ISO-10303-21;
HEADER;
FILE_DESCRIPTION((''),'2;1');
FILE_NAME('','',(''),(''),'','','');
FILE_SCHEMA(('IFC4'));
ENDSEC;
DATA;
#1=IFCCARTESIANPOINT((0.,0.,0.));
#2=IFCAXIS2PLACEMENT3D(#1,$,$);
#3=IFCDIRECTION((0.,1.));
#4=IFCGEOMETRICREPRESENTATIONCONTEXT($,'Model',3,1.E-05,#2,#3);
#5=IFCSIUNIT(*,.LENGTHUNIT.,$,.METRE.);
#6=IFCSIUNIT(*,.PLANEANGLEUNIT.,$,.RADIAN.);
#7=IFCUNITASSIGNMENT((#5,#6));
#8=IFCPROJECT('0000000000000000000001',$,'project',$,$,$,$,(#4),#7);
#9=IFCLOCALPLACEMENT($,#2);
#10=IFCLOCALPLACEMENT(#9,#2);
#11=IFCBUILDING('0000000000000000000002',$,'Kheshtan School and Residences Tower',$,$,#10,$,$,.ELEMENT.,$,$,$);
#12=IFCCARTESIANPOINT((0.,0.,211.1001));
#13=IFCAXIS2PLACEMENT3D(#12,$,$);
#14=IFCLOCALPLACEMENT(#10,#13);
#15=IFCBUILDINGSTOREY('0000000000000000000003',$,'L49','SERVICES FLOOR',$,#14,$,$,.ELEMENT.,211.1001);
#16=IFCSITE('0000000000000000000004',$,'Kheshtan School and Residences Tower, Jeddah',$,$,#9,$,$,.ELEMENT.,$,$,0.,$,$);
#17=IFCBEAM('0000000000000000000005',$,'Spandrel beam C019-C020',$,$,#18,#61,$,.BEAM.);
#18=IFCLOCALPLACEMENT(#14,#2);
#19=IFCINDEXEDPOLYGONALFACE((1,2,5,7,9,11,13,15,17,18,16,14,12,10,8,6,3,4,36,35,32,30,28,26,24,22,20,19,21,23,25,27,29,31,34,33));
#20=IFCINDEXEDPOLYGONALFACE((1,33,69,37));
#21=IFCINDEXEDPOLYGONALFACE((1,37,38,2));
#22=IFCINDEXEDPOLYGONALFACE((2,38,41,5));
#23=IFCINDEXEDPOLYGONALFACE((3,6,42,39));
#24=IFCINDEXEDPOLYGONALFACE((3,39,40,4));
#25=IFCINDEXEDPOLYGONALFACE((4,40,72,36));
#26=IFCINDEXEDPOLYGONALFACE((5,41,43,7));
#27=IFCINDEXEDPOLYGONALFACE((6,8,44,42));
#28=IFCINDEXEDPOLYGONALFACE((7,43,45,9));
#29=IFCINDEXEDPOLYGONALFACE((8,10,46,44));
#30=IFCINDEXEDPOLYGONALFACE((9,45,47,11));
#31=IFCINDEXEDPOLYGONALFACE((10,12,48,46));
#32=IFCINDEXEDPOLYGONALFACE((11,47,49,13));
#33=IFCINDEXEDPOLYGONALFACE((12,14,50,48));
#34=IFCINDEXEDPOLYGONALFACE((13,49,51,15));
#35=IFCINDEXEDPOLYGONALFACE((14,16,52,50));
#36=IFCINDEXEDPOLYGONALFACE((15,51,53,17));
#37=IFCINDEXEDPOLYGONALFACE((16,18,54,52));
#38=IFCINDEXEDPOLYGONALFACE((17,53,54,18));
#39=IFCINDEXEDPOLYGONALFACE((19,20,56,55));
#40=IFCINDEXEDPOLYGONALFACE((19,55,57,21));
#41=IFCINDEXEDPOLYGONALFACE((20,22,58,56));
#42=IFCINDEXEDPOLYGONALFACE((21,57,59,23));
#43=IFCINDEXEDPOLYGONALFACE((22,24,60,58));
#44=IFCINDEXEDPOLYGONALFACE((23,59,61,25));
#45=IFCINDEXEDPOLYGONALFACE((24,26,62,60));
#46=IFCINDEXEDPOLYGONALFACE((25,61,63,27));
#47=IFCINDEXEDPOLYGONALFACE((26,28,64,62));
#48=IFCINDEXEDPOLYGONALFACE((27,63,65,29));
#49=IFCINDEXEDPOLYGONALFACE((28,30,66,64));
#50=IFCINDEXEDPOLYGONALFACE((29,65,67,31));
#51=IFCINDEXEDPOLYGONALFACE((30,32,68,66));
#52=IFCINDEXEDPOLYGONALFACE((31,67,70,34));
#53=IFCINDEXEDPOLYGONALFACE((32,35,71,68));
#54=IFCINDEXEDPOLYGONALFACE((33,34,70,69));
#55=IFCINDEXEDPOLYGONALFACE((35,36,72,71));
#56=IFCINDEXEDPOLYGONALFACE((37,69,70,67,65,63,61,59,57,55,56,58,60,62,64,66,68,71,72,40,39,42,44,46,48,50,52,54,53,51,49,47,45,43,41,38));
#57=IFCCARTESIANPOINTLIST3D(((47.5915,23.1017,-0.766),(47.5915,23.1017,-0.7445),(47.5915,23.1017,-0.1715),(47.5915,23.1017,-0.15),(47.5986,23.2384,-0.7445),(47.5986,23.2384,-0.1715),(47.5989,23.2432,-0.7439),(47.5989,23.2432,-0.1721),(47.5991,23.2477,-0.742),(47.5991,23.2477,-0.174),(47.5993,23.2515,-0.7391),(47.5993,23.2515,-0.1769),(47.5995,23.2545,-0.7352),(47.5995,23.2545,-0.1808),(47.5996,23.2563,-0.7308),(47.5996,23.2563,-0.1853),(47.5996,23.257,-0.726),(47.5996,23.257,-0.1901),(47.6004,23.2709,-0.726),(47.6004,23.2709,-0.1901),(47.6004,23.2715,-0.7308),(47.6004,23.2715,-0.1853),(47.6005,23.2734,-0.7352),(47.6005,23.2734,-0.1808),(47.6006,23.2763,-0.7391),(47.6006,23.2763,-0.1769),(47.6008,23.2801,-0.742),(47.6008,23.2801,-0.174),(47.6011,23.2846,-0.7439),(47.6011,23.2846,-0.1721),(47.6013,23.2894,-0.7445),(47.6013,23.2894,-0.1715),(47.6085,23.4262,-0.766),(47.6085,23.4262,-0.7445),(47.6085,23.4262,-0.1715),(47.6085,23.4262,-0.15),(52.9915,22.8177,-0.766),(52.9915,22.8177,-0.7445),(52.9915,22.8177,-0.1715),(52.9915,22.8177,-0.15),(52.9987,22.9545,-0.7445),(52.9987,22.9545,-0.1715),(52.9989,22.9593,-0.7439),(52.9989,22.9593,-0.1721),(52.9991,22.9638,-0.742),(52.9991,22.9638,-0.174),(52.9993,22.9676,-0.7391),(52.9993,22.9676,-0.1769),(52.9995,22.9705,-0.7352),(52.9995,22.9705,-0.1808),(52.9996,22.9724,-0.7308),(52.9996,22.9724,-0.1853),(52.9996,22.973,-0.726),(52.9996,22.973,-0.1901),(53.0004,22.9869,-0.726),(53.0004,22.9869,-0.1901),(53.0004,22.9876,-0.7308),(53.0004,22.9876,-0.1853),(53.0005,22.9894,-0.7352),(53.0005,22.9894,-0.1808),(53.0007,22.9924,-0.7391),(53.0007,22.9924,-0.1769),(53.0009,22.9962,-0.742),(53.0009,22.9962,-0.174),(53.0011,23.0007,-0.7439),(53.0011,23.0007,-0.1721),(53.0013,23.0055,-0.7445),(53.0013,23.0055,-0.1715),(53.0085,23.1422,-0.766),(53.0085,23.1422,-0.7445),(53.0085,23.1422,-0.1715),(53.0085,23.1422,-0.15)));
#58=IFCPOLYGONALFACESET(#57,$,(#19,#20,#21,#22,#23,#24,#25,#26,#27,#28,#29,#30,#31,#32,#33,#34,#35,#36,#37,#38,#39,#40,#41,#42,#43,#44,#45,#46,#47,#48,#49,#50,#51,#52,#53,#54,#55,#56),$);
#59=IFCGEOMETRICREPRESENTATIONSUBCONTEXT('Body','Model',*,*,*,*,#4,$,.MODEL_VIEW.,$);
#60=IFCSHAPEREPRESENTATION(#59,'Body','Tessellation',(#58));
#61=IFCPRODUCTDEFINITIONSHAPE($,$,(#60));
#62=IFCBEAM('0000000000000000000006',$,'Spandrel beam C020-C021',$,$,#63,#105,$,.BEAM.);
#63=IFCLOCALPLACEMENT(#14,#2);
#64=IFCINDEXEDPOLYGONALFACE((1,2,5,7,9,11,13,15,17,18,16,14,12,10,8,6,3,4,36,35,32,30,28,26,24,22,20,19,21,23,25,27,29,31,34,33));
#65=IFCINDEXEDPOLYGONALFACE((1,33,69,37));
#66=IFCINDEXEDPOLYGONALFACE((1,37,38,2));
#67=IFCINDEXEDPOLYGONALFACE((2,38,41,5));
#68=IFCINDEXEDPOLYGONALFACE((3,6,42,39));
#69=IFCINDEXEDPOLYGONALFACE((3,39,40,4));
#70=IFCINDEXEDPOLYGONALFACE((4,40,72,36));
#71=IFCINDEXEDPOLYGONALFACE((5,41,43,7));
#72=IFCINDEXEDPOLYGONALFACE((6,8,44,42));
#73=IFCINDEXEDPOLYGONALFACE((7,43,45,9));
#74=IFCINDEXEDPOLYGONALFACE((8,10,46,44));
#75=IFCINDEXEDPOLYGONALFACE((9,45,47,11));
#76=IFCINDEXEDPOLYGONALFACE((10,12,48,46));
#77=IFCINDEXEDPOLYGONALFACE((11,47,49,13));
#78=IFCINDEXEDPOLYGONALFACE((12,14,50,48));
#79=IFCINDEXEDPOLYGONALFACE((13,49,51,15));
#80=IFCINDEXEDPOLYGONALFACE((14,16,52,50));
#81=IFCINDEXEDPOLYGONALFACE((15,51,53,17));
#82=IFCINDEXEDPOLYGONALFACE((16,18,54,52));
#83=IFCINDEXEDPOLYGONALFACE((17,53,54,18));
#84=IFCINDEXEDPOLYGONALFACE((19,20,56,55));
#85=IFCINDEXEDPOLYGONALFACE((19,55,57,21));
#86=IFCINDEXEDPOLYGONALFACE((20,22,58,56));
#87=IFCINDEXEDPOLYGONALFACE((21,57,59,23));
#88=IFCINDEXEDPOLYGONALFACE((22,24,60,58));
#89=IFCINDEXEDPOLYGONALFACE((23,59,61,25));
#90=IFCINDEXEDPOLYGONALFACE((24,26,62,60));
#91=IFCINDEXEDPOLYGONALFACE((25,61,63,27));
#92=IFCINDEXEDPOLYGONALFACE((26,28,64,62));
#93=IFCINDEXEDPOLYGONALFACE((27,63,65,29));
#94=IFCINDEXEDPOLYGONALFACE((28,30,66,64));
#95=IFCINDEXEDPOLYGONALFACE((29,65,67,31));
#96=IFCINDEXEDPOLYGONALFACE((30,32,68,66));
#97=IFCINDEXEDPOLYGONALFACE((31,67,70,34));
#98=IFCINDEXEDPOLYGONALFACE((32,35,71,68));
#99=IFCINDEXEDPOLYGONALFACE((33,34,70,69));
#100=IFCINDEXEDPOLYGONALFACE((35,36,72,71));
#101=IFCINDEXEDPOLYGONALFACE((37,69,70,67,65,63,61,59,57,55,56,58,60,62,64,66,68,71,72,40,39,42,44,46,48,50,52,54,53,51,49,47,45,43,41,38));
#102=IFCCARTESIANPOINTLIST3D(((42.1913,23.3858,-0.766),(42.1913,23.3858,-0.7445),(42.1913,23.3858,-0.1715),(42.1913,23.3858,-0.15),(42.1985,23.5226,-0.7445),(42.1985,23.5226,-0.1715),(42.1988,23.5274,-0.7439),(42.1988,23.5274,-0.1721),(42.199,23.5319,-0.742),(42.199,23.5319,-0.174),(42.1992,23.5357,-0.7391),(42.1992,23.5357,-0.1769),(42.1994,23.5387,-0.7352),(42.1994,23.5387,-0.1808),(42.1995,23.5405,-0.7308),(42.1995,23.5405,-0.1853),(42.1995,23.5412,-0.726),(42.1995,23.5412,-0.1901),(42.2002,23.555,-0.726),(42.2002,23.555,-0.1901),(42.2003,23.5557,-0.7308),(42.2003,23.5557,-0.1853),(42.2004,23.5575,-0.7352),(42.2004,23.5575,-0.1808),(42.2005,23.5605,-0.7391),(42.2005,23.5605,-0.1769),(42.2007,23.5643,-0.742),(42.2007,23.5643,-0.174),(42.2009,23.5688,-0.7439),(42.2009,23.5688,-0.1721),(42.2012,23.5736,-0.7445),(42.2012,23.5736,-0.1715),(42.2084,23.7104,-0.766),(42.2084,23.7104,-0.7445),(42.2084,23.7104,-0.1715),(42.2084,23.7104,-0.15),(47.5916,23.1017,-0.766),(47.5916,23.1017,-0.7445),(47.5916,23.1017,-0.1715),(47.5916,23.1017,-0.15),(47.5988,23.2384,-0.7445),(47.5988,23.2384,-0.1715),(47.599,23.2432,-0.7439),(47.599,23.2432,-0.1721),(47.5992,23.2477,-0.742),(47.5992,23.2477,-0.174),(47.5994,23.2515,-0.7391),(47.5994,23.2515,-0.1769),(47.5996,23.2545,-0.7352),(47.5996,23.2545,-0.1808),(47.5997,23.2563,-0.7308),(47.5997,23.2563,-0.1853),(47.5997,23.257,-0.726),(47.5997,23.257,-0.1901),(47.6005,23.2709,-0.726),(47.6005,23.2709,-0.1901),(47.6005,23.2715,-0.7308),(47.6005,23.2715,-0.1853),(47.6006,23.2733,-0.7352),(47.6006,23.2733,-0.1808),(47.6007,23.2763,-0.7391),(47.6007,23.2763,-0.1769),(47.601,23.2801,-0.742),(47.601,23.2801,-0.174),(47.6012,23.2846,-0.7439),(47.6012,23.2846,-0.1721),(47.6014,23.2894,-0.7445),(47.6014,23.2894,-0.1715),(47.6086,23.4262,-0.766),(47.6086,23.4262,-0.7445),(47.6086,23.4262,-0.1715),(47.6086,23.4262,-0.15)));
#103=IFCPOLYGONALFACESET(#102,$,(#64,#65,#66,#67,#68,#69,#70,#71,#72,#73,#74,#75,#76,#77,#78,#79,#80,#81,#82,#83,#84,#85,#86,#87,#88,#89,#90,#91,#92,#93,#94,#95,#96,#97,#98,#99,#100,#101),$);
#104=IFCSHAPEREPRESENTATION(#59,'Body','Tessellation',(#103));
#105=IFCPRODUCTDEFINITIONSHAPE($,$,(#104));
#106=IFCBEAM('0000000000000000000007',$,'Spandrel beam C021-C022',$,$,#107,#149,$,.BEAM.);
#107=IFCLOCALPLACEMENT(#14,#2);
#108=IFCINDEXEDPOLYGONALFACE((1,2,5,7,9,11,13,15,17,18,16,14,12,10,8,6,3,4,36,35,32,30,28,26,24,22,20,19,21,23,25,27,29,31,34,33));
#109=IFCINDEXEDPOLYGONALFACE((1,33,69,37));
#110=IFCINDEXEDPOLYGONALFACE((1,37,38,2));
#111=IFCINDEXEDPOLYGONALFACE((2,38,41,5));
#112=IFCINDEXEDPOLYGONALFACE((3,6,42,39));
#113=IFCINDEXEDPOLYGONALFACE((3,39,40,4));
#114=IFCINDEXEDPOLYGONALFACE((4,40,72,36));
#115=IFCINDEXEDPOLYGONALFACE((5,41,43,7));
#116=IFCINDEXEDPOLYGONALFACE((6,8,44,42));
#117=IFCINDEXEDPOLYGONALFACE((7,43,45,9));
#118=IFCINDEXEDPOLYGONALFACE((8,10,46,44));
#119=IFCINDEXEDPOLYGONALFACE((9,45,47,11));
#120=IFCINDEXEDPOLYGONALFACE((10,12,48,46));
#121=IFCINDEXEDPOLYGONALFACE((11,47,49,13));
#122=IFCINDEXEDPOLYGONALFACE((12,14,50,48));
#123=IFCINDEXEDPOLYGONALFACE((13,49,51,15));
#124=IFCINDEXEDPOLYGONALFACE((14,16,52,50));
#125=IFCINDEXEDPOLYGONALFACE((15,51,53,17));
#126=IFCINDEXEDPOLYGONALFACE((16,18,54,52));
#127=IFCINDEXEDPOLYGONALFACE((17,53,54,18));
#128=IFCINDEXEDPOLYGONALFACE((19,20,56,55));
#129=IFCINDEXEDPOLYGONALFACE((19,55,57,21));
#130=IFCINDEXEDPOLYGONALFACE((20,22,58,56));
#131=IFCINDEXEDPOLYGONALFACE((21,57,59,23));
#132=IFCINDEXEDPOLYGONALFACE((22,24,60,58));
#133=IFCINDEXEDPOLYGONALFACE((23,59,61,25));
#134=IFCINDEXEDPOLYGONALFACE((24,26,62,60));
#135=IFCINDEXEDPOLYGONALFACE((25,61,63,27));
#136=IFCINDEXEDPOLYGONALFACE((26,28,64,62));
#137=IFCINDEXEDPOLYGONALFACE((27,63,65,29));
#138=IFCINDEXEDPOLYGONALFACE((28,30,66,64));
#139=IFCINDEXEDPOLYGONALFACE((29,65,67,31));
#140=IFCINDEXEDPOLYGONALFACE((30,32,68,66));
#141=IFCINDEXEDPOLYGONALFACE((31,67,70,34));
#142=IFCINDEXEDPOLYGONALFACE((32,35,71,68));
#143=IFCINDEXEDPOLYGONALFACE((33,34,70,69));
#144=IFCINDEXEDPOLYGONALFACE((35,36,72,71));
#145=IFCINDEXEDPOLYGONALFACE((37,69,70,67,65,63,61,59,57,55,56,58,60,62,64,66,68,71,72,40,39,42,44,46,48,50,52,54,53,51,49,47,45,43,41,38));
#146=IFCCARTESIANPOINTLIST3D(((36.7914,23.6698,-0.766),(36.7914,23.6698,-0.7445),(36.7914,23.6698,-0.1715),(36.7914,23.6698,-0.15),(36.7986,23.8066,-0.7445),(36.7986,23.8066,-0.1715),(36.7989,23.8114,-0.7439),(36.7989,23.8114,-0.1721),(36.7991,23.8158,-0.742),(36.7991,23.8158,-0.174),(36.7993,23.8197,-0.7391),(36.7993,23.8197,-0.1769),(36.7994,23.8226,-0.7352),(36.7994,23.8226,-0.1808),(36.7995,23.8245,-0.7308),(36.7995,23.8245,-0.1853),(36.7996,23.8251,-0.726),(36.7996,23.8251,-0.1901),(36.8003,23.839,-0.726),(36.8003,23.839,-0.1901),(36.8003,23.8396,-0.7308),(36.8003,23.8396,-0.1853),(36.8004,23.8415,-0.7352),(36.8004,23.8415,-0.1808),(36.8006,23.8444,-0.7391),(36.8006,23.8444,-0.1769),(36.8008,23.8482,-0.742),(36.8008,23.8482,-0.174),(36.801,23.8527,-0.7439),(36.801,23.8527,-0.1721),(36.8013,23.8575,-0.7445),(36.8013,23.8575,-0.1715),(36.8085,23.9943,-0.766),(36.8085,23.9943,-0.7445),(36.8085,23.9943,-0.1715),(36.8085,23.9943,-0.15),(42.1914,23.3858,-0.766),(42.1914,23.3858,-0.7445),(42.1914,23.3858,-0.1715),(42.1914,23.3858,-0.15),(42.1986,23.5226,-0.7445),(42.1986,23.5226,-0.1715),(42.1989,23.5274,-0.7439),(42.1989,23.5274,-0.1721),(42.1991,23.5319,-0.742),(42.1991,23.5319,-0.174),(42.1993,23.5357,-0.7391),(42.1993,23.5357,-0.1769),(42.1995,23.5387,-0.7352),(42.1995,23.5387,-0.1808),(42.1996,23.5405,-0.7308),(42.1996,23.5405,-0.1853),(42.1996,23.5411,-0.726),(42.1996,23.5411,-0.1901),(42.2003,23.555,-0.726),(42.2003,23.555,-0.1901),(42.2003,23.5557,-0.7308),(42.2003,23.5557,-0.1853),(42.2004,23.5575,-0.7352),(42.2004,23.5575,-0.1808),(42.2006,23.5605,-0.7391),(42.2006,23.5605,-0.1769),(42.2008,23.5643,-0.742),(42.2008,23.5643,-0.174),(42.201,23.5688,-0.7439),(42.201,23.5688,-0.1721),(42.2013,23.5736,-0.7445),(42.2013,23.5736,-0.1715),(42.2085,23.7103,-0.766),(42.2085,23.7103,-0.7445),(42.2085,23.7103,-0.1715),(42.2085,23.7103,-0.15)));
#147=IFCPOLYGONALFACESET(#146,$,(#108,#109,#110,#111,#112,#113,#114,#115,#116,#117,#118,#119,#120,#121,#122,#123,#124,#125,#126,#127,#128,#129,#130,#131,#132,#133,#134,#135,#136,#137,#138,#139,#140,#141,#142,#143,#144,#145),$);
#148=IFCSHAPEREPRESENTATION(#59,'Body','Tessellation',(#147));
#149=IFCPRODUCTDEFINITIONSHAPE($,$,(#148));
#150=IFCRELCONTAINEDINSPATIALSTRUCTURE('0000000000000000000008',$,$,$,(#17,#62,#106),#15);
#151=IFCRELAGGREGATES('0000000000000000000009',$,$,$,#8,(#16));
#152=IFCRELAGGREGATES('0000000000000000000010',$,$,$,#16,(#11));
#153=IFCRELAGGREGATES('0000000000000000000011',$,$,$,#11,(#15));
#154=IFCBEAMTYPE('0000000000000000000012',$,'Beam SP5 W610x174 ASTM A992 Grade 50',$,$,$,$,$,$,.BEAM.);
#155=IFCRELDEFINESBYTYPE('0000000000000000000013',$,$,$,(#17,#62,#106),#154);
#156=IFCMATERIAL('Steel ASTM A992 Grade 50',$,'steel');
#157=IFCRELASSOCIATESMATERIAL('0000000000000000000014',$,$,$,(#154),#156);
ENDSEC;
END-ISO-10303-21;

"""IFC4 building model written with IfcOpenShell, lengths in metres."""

from ifc_helpers import new_model, si_unit, direction, frame, origin, origin_2d, place, context, subcontext, project, spatial, i_section, extrude, material, material_profile, profile_set, type_object, element, save


model = new_model("IFC4")

# Units and contexts
model_context = context("Model", 3, precision=1e-05, world=origin(), true_north=direction((0.0, 1.0)))
body_context = subcontext(model_context, "Body", "Model", "MODEL_VIEW")
ifc_project = project(units=[si_unit("LENGTHUNIT", "METRE"), si_unit("PLANEANGLEUNIT", "RADIAN")], contexts=[model_context])

# Site, building, storey
site_placement = place(None, origin())
site = spatial("IfcSite", under=ifc_project, at=site_placement, Name="Kheshtan School and Residences Tower, Jeddah", CompositionType="ELEMENT", RefElevation=0.0)
building_placement = place(site_placement, origin())
building = spatial("IfcBuilding", under=site, at=building_placement, Name="Kheshtan School and Residences Tower", CompositionType="ELEMENT")
storey_placement = place(building_placement, frame((0.0, 0.0, 211.1001)))
storey = spatial("IfcBuildingStorey", under=building, at=storey_placement, Name="L49", Description="SERVICES FLOOR", CompositionType="ELEMENT", Elevation=211.1001)

# Shared definitions
ifc_material_1 = material(Name="Steel ASTM A992 Grade 50", Category="steel")

# Beams
ifc_material_profile_1 = material_profile(ifc_material_1, i_section(OverallWidth=0.325, OverallDepth=0.616, WebThickness=0.0139, FlangeThickness=0.0215, FilletRadius=0.0186, at=origin_2d()), Name="W610x174")
ifc_profile_set_1 = profile_set([ifc_material_profile_1], Name="Steel ASTM A992 Grade 50")
beam_type_1 = type_object("IfcBeamType", Name="Beam SP5 W610x174 ASTM A992 Grade 50", PredefinedType="BEAM", material=ifc_profile_set_1)
beam_1_placement = place(storey_placement, frame((53.0, 22.98, -0.458), z_axis=(-0.99862, 0.052509, 0.0), x_axis=(-0.052509, -0.99862, 0.0)))
element("IfcBeam", 1, at=beam_1_placement, inside=storey, type_object=beam_type_1, Name="Spandrel beam C019-C020", PredefinedType="BEAM", context=body_context, shape_type="SweptSolid", body=[
    extrude(i_section(OverallWidth=0.325, OverallDepth=0.616, WebThickness=0.0139, FlangeThickness=0.0215, FilletRadius=0.0186, at=origin_2d()), origin(), (0.0, 0.0, 1.0), 5.4075),
])
beam_2_placement = place(storey_placement, frame((47.6001, 23.2639, -0.458), z_axis=(-0.998618, 0.052552, 0.0), x_axis=(-0.052552, -0.998618, 0.0)))
element("IfcBeam", 2, at=beam_2_placement, inside=storey, type_object=beam_type_1, Name="Spandrel beam C020-C021", PredefinedType="BEAM", context=body_context, shape_type="SweptSolid", body=[
    extrude(i_section(OverallWidth=0.325, OverallDepth=0.616, WebThickness=0.0139, FlangeThickness=0.0215, FilletRadius=0.0186, at=origin_2d()), origin(), (0.0, 0.0, 1.0), 5.4077),
])
beam_3_placement = place(storey_placement, frame((42.2, 23.5481, -0.458), z_axis=(-0.99862, 0.052509, 0.0), x_axis=(-0.052509, -0.99862, 0.0)))
element("IfcBeam", 3, at=beam_3_placement, inside=storey, type_object=beam_type_1, Name="Spandrel beam C021-C022", PredefinedType="BEAM", context=body_context, shape_type="SweptSolid", body=[
    extrude(i_section(OverallWidth=0.325, OverallDepth=0.616, WebThickness=0.0139, FlangeThickness=0.0215, FilletRadius=0.0186, at=origin_2d()), origin(), (0.0, 0.0, 1.0), 5.4075),
])

save(model, "model.ifc")
